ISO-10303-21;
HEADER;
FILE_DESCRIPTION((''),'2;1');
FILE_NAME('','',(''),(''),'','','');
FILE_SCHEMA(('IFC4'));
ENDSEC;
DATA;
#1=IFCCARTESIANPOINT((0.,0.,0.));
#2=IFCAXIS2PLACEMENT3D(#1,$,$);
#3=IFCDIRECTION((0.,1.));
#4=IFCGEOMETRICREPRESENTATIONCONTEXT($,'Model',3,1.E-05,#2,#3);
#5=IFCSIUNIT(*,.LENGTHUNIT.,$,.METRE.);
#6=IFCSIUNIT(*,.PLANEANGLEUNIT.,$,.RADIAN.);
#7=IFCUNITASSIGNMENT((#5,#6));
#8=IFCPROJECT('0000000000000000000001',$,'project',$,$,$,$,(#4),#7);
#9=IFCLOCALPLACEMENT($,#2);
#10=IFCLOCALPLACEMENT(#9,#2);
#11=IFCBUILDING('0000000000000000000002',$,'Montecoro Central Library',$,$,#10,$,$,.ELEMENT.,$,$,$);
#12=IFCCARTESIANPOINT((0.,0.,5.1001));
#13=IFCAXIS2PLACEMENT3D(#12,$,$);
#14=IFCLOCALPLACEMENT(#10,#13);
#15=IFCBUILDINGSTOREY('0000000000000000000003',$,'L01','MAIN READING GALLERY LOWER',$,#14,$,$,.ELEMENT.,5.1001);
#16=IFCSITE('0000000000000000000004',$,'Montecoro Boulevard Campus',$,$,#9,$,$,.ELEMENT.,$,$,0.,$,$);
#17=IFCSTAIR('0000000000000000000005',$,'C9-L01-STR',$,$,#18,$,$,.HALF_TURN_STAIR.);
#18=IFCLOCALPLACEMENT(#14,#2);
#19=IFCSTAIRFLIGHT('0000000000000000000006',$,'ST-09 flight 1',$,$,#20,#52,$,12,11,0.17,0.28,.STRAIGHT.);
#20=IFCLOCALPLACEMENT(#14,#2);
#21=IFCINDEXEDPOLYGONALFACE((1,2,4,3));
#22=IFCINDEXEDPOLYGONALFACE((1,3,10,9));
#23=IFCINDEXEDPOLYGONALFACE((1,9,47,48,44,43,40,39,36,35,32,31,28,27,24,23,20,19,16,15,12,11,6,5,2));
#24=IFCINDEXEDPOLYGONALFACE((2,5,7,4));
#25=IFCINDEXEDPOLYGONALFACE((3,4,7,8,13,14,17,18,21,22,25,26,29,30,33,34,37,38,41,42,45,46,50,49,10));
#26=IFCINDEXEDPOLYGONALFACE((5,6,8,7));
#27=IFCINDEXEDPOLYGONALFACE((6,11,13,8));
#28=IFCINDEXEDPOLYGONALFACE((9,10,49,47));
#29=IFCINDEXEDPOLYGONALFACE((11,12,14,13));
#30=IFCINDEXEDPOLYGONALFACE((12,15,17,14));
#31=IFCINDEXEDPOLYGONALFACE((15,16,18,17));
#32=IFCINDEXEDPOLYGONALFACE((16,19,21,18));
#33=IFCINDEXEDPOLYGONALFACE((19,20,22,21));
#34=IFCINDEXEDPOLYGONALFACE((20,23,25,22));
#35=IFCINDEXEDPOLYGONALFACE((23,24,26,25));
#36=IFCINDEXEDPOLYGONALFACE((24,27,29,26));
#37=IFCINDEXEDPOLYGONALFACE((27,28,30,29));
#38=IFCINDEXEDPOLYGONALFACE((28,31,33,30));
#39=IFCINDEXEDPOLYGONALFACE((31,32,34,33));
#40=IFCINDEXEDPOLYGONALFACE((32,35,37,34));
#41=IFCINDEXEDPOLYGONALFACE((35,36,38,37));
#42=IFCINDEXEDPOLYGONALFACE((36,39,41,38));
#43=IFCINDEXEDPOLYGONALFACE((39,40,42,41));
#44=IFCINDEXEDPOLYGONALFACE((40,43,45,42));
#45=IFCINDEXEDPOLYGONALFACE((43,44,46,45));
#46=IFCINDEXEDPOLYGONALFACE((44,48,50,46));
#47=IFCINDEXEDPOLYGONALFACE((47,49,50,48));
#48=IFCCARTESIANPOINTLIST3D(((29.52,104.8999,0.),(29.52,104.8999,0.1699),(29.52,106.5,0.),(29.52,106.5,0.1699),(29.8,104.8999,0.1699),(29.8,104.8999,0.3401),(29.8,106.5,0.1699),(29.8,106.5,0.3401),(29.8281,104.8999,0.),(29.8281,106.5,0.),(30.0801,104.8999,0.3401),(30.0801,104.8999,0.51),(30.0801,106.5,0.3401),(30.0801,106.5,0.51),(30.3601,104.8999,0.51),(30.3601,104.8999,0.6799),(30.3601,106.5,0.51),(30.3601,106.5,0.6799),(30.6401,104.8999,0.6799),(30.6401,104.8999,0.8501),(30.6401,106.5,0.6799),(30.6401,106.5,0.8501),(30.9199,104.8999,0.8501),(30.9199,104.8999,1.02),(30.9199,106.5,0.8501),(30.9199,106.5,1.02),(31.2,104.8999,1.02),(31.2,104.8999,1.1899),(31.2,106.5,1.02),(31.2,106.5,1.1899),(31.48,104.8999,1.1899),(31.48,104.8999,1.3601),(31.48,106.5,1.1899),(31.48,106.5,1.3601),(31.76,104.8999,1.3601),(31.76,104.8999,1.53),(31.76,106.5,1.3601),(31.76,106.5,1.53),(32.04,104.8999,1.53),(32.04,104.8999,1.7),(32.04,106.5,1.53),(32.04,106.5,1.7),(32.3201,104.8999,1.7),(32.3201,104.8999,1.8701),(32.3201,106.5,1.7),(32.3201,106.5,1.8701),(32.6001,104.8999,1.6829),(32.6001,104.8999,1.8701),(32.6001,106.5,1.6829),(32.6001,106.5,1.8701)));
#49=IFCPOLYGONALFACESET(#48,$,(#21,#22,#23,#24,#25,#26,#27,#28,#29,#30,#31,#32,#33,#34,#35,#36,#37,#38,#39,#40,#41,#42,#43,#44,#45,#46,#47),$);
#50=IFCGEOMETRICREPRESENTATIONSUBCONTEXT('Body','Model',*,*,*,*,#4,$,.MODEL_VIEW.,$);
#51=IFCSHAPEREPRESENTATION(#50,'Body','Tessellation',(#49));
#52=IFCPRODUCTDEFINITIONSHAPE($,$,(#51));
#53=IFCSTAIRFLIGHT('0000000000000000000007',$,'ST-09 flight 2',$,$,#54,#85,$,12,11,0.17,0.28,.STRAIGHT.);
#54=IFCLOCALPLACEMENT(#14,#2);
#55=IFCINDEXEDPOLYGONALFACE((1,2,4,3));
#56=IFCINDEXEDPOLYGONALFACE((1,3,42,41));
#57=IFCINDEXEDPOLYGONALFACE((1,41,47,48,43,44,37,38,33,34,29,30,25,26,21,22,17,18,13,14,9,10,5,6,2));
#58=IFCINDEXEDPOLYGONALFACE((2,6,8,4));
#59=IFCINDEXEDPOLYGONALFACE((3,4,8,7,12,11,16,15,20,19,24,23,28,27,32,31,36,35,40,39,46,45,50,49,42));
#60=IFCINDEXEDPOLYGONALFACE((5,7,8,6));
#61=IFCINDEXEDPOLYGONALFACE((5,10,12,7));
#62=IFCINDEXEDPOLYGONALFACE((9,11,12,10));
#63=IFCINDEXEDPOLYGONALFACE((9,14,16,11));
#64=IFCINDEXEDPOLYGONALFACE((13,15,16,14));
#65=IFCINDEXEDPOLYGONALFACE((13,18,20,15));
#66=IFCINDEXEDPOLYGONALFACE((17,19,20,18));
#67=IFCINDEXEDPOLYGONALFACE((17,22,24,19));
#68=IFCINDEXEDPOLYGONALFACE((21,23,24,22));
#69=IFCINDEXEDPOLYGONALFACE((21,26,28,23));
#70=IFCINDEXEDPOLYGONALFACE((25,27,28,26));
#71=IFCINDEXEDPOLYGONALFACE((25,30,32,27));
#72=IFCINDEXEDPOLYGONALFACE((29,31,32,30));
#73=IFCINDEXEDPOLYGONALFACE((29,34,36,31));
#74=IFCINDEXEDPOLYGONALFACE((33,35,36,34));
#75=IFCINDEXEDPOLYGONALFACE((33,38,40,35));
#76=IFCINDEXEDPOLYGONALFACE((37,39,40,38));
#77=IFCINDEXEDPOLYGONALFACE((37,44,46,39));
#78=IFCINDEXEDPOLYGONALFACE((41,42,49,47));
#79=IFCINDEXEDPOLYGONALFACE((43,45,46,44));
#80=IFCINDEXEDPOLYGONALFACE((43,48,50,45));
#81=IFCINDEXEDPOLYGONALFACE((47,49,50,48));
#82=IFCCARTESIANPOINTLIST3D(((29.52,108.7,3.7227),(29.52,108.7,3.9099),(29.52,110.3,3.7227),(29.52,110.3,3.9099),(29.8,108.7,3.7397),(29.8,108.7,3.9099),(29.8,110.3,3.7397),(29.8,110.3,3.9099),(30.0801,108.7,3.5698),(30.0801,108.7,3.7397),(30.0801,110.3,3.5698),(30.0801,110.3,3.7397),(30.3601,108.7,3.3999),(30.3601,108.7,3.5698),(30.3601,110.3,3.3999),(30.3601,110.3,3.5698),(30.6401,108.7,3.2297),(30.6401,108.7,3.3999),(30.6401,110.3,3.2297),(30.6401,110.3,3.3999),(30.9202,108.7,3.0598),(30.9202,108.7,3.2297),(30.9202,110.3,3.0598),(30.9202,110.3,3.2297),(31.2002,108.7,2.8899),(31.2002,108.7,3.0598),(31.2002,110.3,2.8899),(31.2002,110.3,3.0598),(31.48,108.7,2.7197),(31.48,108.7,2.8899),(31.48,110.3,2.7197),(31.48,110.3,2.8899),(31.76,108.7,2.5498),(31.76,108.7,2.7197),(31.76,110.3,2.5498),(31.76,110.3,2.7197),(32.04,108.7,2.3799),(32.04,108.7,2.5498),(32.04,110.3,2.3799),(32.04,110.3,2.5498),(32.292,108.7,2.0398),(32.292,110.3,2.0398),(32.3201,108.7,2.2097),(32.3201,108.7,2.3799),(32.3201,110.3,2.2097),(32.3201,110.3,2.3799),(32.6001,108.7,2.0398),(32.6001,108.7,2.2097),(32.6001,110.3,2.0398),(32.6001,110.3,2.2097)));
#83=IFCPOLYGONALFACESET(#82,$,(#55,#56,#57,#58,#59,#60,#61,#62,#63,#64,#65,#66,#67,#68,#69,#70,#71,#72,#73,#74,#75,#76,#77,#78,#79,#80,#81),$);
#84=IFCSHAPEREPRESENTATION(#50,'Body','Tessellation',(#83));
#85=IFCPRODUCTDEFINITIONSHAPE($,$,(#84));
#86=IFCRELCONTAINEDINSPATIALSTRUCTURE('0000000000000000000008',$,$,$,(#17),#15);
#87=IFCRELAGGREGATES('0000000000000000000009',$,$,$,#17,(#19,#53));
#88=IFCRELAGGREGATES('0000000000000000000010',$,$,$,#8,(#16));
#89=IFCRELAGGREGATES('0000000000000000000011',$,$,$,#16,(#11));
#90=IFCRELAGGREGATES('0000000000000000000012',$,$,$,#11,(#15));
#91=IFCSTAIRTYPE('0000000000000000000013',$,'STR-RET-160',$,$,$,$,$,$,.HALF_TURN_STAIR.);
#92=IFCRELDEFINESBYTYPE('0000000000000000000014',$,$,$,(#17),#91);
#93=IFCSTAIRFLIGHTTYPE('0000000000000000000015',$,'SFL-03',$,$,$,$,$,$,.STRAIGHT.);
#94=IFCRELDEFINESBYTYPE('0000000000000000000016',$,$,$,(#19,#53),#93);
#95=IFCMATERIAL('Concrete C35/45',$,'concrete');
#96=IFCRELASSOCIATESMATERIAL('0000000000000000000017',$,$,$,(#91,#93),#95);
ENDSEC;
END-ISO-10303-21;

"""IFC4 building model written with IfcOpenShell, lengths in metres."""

from ifc_helpers import new_model, si_unit, direction, frame, origin, place, context, subcontext, project, spatial, polyline, outline, extrude, material, type_object, element, aggregate, save


model = new_model("IFC4")

# Units and contexts
model_context = context("Model", 3, precision=1e-05, world=origin(), true_north=direction((0.0, 1.0)))
body_context = subcontext(model_context, "Body", "Model", "MODEL_VIEW")
ifc_project = project(units=[si_unit("LENGTHUNIT", "METRE"), si_unit("PLANEANGLEUNIT", "RADIAN")], contexts=[model_context])

# Site, building, storey
site_placement = place(None, origin())
site = spatial("IfcSite", under=ifc_project, at=site_placement, Name="Montecoro Boulevard Campus", CompositionType="ELEMENT", RefElevation=0.0)
building_placement = place(site_placement, origin())
building = spatial("IfcBuilding", under=site, at=building_placement, Name="Montecoro Central Library", CompositionType="ELEMENT")
storey_placement = place(building_placement, frame((0.0, 0.0, 5.1001)))
storey = spatial("IfcBuildingStorey", under=building, at=storey_placement, Name="L01", Description="MAIN READING GALLERY LOWER", CompositionType="ELEMENT", Elevation=5.1001)

# Shared definitions
ifc_material_1 = material(Name="Concrete C35/45", Category="concrete")

# Stair, stair flights
stair_type = type_object("IfcStairType", Name="STR-RET-160", PredefinedType="HALF_TURN_STAIR", material=ifc_material_1)
stair_placement = place(storey_placement, origin())
stair = element("IfcStair", 1, at=stair_placement, inside=storey, type_object=stair_type, Name="C9-L01-STR", PredefinedType="HALF_TURN_STAIR")
stair_flight_type = type_object("IfcStairFlightType", Name="SFL-03", PredefinedType="STRAIGHT", material=ifc_material_1)
stair_flight_1_placement = place(storey_placement, frame((29.52, 105.7, 0.0), z_axis=(0.0, 0.0, 1.0), x_axis=(1.0, 0.0, 0.0)))
stair_flight_1 = element("IfcStairFlight", 2, at=stair_flight_1_placement, type_object=stair_flight_type, Name="ST-09 flight 1", NumberOfRisers=12, NumberOfTreads=11, PredefinedType="STRAIGHT", RiserHeight=0.17, TreadLength=0.28, context=body_context, shape_type="SweptSolid", body=[
    extrude(outline(polyline([(0.0, 0.0), (0.0, 0.1699), (0.28, 0.1699), (0.28, 0.3401), (0.5601, 0.3401), (0.5601, 0.51), (0.8401, 0.51), (0.8401, 0.6799), (1.1201, 0.6799), (1.1201, 0.8501), (1.3999, 0.8501), (1.3999, 1.02), (1.6799, 1.02), (1.6799, 1.1899), (1.96, 1.1899), (1.96, 1.3601), (2.24, 1.3601), (2.24, 1.53), (2.52, 1.53), (2.52, 1.7), (2.8, 1.7), (2.8, 1.8701), (3.0801, 1.8701), (3.0801, 2.04), (3.0801, 1.6829), (0.3081, 0.0), (0.0, 0.0)])), frame((0.0, 0.8, 0.0), z_axis=(0.0, -1.0, 0.0), x_axis=(1.0, 0.0, 0.0)), (0.0, 0.0, 1.0), 1.6001),
])
stair_flight_2_placement = place(storey_placement, frame((32.6001, 109.5, 2.0398), z_axis=(0.0, 0.0, 1.0), x_axis=(-1.0, 0.0, 0.0)))
stair_flight_2 = element("IfcStairFlight", 3, at=stair_flight_2_placement, type_object=stair_flight_type, Name="ST-09 flight 2", NumberOfRisers=12, NumberOfTreads=11, PredefinedType="STRAIGHT", RiserHeight=0.17, TreadLength=0.28, context=body_context, shape_type="SweptSolid", body=[
    extrude(outline(polyline([(0.0, 0.0), (0.0, 0.1699), (0.28, 0.1699), (0.28, 0.3401), (0.5601, 0.3401), (0.5601, 0.51), (0.8401, 0.51), (0.8401, 0.6799), (1.1201, 0.6799), (1.1201, 0.8501), (1.3999, 0.8501), (1.3999, 1.02), (1.6799, 1.02), (1.6799, 1.1899), (1.96, 1.1899), (1.96, 1.3601), (2.24, 1.3601), (2.24, 1.53), (2.52, 1.53), (2.52, 1.7), (2.8, 1.7), (2.8, 1.8701), (3.0801, 1.8701), (3.0801, 2.04), (3.0801, 1.6829), (0.3081, 0.0), (0.0, 0.0)])), frame((0.0, 0.8, 0.0), z_axis=(0.0, -1.0, 0.0), x_axis=(1.0, 0.0, 0.0)), (0.0, 0.0, 1.0), 1.6001),
])
aggregate(stair, [stair_flight_1, stair_flight_2])

save(model, "model.ifc")
